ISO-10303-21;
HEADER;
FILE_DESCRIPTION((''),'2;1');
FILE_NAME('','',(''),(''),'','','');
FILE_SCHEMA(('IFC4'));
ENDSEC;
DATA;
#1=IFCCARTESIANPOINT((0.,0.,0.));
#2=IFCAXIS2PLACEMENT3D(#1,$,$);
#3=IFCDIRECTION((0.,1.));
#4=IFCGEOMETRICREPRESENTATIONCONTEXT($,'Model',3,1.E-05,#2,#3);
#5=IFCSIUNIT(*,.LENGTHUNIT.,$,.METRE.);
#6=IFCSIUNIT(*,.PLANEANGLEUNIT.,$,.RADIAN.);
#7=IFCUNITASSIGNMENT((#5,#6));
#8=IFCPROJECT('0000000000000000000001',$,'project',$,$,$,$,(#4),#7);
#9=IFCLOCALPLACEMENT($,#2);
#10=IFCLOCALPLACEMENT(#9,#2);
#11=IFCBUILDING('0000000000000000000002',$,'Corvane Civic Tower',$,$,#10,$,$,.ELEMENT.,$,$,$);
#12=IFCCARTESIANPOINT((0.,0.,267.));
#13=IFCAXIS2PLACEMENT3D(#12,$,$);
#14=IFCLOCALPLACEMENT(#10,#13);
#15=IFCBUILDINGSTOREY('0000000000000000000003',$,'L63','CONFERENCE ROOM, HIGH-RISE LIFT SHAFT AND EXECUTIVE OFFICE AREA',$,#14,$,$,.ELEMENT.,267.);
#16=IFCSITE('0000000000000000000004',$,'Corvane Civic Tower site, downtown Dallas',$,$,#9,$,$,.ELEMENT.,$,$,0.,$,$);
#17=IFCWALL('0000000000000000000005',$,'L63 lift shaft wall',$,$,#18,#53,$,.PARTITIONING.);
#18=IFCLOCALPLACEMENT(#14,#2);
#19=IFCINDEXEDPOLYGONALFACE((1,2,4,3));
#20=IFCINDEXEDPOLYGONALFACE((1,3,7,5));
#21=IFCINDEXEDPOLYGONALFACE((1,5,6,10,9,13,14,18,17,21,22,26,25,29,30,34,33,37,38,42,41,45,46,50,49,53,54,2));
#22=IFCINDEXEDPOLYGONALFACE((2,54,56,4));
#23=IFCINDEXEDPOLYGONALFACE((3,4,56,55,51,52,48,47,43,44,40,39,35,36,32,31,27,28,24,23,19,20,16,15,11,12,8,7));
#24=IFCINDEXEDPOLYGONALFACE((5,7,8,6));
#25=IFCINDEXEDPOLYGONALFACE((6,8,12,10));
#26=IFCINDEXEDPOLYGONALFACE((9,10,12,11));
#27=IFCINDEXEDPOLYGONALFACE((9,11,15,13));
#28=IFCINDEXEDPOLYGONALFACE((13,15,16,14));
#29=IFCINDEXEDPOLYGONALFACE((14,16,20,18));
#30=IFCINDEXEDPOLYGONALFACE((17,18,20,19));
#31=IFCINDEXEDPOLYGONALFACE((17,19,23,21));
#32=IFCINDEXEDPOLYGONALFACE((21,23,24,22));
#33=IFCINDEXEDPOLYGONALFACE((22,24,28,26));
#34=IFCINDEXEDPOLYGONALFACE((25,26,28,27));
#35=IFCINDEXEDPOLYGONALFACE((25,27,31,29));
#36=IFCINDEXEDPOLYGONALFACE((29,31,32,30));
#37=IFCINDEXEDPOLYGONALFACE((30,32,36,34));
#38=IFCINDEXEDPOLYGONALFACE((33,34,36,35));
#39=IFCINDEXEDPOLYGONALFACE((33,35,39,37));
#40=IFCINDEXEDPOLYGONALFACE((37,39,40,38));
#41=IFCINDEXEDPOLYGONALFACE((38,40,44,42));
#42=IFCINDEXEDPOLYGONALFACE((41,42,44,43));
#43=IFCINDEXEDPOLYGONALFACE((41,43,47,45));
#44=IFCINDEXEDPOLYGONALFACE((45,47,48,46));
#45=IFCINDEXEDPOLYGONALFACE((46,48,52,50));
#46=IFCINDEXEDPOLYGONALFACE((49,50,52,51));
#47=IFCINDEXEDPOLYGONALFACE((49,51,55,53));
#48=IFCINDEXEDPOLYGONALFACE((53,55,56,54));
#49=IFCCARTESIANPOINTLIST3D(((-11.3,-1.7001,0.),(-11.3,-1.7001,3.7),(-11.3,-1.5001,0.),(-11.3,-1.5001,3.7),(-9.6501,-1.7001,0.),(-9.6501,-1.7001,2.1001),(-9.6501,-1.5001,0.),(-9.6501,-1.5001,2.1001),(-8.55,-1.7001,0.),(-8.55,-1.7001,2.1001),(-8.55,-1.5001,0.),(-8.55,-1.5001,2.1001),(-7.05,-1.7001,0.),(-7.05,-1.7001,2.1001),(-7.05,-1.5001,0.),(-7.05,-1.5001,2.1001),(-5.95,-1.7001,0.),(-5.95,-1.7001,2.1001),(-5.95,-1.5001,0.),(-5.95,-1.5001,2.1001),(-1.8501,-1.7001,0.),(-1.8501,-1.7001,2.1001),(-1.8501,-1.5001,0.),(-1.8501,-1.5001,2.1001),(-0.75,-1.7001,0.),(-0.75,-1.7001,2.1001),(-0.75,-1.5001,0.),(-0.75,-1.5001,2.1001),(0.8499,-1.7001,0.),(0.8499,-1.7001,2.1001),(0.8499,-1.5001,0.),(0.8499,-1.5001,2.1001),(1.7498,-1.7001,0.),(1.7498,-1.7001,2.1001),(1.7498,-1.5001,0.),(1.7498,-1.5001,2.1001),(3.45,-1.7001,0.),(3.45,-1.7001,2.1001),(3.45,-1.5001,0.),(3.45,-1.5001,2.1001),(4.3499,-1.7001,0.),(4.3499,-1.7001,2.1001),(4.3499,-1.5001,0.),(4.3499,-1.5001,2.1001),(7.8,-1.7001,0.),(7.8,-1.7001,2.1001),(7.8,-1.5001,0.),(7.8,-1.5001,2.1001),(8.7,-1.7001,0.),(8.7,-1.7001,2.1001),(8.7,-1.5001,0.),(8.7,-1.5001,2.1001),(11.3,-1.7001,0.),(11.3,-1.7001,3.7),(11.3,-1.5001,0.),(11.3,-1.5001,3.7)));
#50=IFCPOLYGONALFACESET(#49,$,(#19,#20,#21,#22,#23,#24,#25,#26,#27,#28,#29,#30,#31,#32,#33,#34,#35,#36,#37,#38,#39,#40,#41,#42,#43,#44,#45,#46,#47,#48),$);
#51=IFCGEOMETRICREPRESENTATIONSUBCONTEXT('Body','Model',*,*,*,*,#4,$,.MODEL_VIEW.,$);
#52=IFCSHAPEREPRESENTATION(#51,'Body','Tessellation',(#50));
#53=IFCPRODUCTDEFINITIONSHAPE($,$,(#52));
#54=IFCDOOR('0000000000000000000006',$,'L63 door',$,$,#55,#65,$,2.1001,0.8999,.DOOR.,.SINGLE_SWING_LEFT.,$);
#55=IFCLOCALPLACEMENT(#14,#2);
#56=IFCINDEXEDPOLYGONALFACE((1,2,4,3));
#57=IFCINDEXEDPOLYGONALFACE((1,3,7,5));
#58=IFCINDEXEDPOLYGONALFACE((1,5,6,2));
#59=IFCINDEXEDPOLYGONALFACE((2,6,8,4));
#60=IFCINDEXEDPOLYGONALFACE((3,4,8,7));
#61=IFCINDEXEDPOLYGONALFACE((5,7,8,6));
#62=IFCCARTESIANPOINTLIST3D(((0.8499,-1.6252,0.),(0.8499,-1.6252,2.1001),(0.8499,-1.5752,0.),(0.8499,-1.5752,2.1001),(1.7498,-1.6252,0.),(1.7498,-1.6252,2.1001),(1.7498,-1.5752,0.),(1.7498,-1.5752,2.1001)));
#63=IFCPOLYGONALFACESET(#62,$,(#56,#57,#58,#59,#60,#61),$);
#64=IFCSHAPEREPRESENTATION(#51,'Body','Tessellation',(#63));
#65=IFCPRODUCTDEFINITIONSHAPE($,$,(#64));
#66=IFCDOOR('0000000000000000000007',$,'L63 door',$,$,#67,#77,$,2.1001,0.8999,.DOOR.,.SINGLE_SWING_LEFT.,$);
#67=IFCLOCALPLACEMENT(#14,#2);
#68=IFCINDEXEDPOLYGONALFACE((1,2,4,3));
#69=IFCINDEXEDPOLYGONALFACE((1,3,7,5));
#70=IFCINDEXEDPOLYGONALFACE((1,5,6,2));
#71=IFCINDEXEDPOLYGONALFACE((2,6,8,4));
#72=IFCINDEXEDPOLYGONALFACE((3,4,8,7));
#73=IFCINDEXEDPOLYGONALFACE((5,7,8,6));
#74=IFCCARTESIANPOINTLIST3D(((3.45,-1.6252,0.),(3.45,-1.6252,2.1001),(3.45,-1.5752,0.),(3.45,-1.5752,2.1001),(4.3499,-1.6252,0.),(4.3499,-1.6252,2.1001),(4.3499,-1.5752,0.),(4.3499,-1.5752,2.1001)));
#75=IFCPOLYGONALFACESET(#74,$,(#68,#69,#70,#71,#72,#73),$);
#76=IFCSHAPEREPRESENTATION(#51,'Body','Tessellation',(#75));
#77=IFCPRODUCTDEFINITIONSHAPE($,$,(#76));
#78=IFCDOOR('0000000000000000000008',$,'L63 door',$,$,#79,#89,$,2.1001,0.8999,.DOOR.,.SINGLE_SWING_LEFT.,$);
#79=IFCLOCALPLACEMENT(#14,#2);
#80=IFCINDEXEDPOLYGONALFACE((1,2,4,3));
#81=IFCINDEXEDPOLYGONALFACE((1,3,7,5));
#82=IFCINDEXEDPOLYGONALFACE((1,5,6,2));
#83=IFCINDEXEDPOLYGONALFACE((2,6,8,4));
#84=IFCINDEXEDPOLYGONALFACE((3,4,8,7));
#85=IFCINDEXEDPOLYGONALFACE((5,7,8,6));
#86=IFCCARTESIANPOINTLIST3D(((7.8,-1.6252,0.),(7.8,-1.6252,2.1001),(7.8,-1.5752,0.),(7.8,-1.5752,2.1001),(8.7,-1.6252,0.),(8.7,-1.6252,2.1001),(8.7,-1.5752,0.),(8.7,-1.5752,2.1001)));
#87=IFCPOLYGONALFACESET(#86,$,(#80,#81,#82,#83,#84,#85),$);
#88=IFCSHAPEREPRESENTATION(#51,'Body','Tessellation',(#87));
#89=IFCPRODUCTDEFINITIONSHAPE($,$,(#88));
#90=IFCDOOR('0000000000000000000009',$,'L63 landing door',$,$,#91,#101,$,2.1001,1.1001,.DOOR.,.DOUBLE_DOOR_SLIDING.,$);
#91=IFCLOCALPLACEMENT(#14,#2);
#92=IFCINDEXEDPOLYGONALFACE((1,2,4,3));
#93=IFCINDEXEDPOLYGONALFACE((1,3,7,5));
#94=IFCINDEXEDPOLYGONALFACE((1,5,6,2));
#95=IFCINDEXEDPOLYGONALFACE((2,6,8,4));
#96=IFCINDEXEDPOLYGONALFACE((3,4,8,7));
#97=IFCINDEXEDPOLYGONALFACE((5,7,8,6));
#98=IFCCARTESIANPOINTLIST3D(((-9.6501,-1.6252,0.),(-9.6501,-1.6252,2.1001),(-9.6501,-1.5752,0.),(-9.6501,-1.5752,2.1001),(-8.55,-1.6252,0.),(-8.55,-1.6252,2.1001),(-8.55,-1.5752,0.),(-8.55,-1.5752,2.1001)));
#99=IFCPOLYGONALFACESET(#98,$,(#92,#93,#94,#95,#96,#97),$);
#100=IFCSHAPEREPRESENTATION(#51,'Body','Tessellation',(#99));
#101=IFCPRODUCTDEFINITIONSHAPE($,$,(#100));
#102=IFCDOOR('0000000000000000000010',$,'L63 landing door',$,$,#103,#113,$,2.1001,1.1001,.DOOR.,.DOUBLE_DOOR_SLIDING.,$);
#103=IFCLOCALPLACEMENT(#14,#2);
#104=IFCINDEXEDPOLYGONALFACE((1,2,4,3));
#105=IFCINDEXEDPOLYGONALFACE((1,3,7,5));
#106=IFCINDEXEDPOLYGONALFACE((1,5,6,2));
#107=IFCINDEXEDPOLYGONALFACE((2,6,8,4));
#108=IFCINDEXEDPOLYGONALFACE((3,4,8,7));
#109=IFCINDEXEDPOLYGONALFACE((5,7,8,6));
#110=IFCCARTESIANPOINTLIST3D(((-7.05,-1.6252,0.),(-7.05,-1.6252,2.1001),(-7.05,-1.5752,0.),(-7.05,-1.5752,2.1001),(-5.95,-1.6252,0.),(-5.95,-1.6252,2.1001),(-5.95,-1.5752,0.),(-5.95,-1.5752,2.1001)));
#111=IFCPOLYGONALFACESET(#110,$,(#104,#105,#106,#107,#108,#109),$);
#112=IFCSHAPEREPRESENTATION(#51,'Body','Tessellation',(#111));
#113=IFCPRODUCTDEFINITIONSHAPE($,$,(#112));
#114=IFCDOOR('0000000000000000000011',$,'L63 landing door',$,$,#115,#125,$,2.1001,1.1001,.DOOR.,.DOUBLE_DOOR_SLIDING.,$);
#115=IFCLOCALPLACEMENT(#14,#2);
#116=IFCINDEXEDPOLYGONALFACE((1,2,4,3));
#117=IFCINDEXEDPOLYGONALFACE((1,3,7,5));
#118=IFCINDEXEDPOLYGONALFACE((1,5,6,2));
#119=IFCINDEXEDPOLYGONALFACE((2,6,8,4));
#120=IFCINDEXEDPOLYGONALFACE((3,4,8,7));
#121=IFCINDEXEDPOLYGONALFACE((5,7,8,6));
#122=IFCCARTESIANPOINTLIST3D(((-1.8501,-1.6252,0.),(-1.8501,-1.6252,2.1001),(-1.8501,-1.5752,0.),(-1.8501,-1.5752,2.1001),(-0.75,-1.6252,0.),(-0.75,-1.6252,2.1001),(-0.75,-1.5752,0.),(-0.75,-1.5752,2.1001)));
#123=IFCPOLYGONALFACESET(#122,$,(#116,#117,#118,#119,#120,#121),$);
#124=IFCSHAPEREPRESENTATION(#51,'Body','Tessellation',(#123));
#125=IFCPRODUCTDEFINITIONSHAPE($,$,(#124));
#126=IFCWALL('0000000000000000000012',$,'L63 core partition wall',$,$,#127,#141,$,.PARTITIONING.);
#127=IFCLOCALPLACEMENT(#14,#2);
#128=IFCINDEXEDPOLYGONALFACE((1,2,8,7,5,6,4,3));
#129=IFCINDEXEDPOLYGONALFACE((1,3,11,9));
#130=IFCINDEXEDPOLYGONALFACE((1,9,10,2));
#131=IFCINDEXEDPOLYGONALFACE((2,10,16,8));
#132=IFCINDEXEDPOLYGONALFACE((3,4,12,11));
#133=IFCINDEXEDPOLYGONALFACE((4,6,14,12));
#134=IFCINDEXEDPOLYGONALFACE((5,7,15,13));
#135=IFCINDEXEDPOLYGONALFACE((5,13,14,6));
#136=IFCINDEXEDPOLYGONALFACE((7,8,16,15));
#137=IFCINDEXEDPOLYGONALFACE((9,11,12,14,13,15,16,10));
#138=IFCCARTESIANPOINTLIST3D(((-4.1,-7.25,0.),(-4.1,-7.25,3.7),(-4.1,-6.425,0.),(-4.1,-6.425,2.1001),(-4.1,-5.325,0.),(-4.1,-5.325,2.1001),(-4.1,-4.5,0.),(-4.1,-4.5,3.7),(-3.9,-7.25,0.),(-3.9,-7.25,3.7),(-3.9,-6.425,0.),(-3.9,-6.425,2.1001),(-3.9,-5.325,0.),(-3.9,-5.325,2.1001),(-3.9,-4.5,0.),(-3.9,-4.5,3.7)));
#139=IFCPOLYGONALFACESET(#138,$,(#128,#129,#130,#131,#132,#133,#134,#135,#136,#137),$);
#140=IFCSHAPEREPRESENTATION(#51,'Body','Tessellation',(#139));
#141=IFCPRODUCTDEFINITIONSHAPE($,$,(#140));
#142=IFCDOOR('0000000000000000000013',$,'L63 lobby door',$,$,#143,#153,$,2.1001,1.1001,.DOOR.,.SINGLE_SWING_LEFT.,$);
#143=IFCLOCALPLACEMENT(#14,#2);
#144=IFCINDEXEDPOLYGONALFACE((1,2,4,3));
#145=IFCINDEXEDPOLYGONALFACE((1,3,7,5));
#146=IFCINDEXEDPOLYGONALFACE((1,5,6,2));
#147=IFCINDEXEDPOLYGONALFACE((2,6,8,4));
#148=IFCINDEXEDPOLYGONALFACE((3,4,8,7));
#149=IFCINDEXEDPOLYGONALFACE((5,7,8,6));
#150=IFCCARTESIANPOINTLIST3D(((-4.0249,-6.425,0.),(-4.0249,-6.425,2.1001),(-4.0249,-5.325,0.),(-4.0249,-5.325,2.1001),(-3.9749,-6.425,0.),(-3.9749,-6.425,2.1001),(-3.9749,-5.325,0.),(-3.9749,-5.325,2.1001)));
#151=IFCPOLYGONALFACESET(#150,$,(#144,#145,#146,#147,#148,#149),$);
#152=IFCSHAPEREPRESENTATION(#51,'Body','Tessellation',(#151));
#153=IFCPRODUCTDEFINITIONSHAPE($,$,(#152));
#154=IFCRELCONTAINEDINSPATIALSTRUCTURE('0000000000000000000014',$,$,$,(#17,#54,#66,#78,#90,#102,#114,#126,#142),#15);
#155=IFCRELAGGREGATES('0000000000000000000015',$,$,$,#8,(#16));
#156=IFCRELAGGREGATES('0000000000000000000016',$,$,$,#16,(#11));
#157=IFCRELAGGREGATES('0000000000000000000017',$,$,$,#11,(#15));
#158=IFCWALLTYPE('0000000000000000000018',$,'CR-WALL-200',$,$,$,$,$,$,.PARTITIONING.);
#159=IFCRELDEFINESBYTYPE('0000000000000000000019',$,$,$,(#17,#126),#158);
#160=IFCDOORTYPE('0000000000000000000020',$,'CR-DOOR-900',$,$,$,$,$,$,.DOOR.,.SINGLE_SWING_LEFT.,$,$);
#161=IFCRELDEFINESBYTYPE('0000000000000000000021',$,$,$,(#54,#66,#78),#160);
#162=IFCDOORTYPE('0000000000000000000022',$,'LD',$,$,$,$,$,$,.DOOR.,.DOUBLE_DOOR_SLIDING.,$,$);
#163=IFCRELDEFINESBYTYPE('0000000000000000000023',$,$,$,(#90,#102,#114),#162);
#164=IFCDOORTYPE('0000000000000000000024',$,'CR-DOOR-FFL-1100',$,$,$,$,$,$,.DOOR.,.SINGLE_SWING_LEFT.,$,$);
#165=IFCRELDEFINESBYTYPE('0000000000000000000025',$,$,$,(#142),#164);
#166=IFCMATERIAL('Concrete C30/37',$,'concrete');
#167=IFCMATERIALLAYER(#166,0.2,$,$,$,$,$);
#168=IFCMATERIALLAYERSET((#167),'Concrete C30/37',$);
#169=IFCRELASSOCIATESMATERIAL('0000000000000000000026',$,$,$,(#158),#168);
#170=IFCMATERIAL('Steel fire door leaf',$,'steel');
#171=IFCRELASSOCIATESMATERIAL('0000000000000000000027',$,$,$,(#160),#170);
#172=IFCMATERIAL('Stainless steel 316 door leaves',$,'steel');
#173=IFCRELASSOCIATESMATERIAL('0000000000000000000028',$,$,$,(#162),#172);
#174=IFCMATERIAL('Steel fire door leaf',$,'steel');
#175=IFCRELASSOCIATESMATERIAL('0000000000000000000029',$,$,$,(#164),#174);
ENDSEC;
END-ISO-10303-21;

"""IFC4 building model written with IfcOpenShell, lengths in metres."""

from ifc_helpers import new_model, si_unit, direction, frame, frame_2d, origin, place, context, subcontext, project, spatial, rectangle, extrude, material, layer, layer_set, type_object, element, fill, save


model = new_model("IFC4")

# Units and contexts
model_context = context("Model", 3, precision=1e-05, world=origin(), true_north=direction((0.0, 1.0)))
body_context = subcontext(model_context, "Body", "Model", "MODEL_VIEW")
ifc_project = project(units=[si_unit("LENGTHUNIT", "METRE"), si_unit("PLANEANGLEUNIT", "RADIAN")], contexts=[model_context])

# Site, building, storey
site_placement = place(None, origin())
site = spatial("IfcSite", under=ifc_project, at=site_placement, Name="Corvane Civic Tower site, downtown Dallas", CompositionType="ELEMENT", RefElevation=0.0)
building_placement = place(site_placement, origin())
building = spatial("IfcBuilding", under=site, at=building_placement, Name="Corvane Civic Tower", CompositionType="ELEMENT")
storey_placement = place(building_placement, frame((0.0, 0.0, 267.0)))
storey = spatial("IfcBuildingStorey", under=building, at=storey_placement, Name="L63", Description="CONFERENCE ROOM, HIGH-RISE LIFT SHAFT AND EXECUTIVE OFFICE AREA", CompositionType="ELEMENT", Elevation=267.0)

# Shared definitions
ifc_material_1 = material(Name="Concrete C30/37", Category="concrete")
ifc_layer_1 = layer(ifc_material_1, 0.2)
ifc_layer_set_1 = layer_set([ifc_layer_1], Name="Concrete C30/37")
wall_type_1 = type_object("IfcWallType", Name="CR-WALL-200", PredefinedType="PARTITIONING", material=ifc_layer_set_1)
ifc_material_2 = material(Name="Steel fire door leaf", Category="steel")
door_type_1 = type_object("IfcDoorType", Name="CR-DOOR-900", OperationType="SINGLE_SWING_LEFT", PredefinedType="DOOR", material=ifc_material_2)

# Wall, openings, doors
wall_1_placement = place(storey_placement, frame((-11.3, -1.6001, 0.0), z_axis=(0.0, 0.0, 1.0), x_axis=(1.0, 0.0, 0.0)))
wall_1 = element("IfcWall", 1, at=wall_1_placement, inside=storey, type_object=wall_type_1, Name="L63 lift shaft wall", PredefinedType="PARTITIONING", context=body_context, shape_type="SweptSolid", body=[
    extrude(rectangle(XDim=22.6001, YDim=0.2, at=frame_2d((11.3, 0.0))), origin(), (0.0, 0.0, 1.0), 3.7),
])
opening_1_placement = place(wall_1_placement, frame((1.6499, 0.0, 0.0)))
opening_1 = element("IfcOpeningElement", 2, at=opening_1_placement, cuts=wall_1, PredefinedType="OPENING", context=body_context, shape_type="SweptSolid", body=[
    extrude(rectangle(XDim=1.1001, YDim=2.1001, at=frame_2d((0.55, 1.05))), frame((0.0, 0.1099, 0.0), z_axis=(0.0, -1.0, 0.0), x_axis=(1.0, 0.0, 0.0)), (0.0, 0.0, 1.0), 0.22),
])
opening_2_placement = place(wall_1_placement, frame((4.25, 0.0, 0.0)))
opening_2 = element("IfcOpeningElement", 3, at=opening_2_placement, cuts=wall_1, PredefinedType="OPENING", context=body_context, shape_type="SweptSolid", body=[
    extrude(rectangle(XDim=1.1001, YDim=2.1001, at=frame_2d((0.55, 1.05))), frame((0.0, 0.1099, 0.0), z_axis=(0.0, -1.0, 0.0), x_axis=(1.0, 0.0, 0.0)), (0.0, 0.0, 1.0), 0.22),
])
opening_3_placement = place(wall_1_placement, frame((9.45, 0.0, 0.0)))
opening_3 = element("IfcOpeningElement", 4, at=opening_3_placement, cuts=wall_1, PredefinedType="OPENING", context=body_context, shape_type="SweptSolid", body=[
    extrude(rectangle(XDim=1.1001, YDim=2.1001, at=frame_2d((0.55, 1.05))), frame((0.0, 0.1099, 0.0), z_axis=(0.0, -1.0, 0.0), x_axis=(1.0, 0.0, 0.0)), (0.0, 0.0, 1.0), 0.22),
])
opening_4_placement = place(wall_1_placement, frame((12.1499, 0.0, 0.0)))
opening_4 = element("IfcOpeningElement", 5, at=opening_4_placement, cuts=wall_1, PredefinedType="OPENING", context=body_context, shape_type="SweptSolid", body=[
    extrude(rectangle(XDim=0.8999, YDim=2.1001, at=frame_2d((0.45, 1.05))), frame((0.0, 0.1099, 0.0), z_axis=(0.0, -1.0, 0.0), x_axis=(1.0, 0.0, 0.0)), (0.0, 0.0, 1.0), 0.22),
])
opening_5_placement = place(wall_1_placement, frame((14.75, 0.0, 0.0)))
opening_5 = element("IfcOpeningElement", 6, at=opening_5_placement, cuts=wall_1, PredefinedType="OPENING", context=body_context, shape_type="SweptSolid", body=[
    extrude(rectangle(XDim=0.8999, YDim=2.1001, at=frame_2d((0.45, 1.05))), frame((0.0, 0.1099, 0.0), z_axis=(0.0, -1.0, 0.0), x_axis=(1.0, 0.0, 0.0)), (0.0, 0.0, 1.0), 0.22),
])
opening_6_placement = place(wall_1_placement, frame((19.1001, 0.0, 0.0)))
opening_6 = element("IfcOpeningElement", 7, at=opening_6_placement, cuts=wall_1, PredefinedType="OPENING", context=body_context, shape_type="SweptSolid", body=[
    extrude(rectangle(XDim=0.8999, YDim=2.1001, at=frame_2d((0.45, 1.05))), frame((0.0, 0.1099, 0.0), z_axis=(0.0, -1.0, 0.0), x_axis=(1.0, 0.0, 0.0)), (0.0, 0.0, 1.0), 0.22),
])
door_1_placement = place(opening_4_placement, origin())
door_1 = element("IfcDoor", 8, at=door_1_placement, inside=storey, type_object=door_type_1, Name="L63 door", OperationType="SINGLE_SWING_LEFT", OverallHeight=2.1001, OverallWidth=0.8999, PredefinedType="DOOR", context=body_context, shape_type="SweptSolid", body=[
    extrude(rectangle(XDim=0.8999, YDim=2.1001, at=frame_2d((0.45, 1.05))), frame((0.0, 0.0249, 0.0), z_axis=(0.0, -1.0, 0.0), x_axis=(1.0, 0.0, 0.0)), (0.0, 0.0, 1.0), 0.05),
])
fill(opening_4, door_1)
door_2_placement = place(opening_5_placement, origin())
door_2 = element("IfcDoor", 9, at=door_2_placement, inside=storey, type_object=door_type_1, Name="L63 door", OperationType="SINGLE_SWING_LEFT", OverallHeight=2.1001, OverallWidth=0.8999, PredefinedType="DOOR", context=body_context, shape_type="SweptSolid", body=[
    extrude(rectangle(XDim=0.8999, YDim=2.1001, at=frame_2d((0.45, 1.05))), frame((0.0, 0.0249, 0.0), z_axis=(0.0, -1.0, 0.0), x_axis=(1.0, 0.0, 0.0)), (0.0, 0.0, 1.0), 0.05),
])
fill(opening_5, door_2)
door_3_placement = place(opening_6_placement, origin())
door_3 = element("IfcDoor", 10, at=door_3_placement, inside=storey, type_object=door_type_1, Name="L63 door", OperationType="SINGLE_SWING_LEFT", OverallHeight=2.1001, OverallWidth=0.8999, PredefinedType="DOOR", context=body_context, shape_type="SweptSolid", body=[
    extrude(rectangle(XDim=0.8999, YDim=2.1001, at=frame_2d((0.45, 1.05))), frame((0.0, 0.0249, 0.0), z_axis=(0.0, -1.0, 0.0), x_axis=(1.0, 0.0, 0.0)), (0.0, 0.0, 1.0), 0.05),
])
fill(opening_6, door_3)
ifc_material_3 = material(Name="Stainless steel 316 door leaves", Category="steel")
door_type_2 = type_object("IfcDoorType", Name="LD", OperationType="DOUBLE_DOOR_SLIDING", PredefinedType="DOOR", material=ifc_material_3)
door_4_placement = place(opening_1_placement, origin())
door_4 = element("IfcDoor", 11, at=door_4_placement, inside=storey, type_object=door_type_2, Name="L63 landing door", OperationType="DOUBLE_DOOR_SLIDING", OverallHeight=2.1001, OverallWidth=1.1001, PredefinedType="DOOR", context=body_context, shape_type="SweptSolid", body=[
    extrude(rectangle(XDim=1.1001, YDim=2.1001, at=frame_2d((0.55, 1.05))), frame((0.0, 0.0249, 0.0), z_axis=(0.0, -1.0, 0.0), x_axis=(1.0, 0.0, 0.0)), (0.0, 0.0, 1.0), 0.05),
])
fill(opening_1, door_4)
door_5_placement = place(opening_2_placement, origin())
door_5 = element("IfcDoor", 12, at=door_5_placement, inside=storey, type_object=door_type_2, Name="L63 landing door", OperationType="DOUBLE_DOOR_SLIDING", OverallHeight=2.1001, OverallWidth=1.1001, PredefinedType="DOOR", context=body_context, shape_type="SweptSolid", body=[
    extrude(rectangle(XDim=1.1001, YDim=2.1001, at=frame_2d((0.55, 1.05))), frame((0.0, 0.0249, 0.0), z_axis=(0.0, -1.0, 0.0), x_axis=(1.0, 0.0, 0.0)), (0.0, 0.0, 1.0), 0.05),
])
fill(opening_2, door_5)
door_6_placement = place(opening_3_placement, origin())
door_6 = element("IfcDoor", 13, at=door_6_placement, inside=storey, type_object=door_type_2, Name="L63 landing door", OperationType="DOUBLE_DOOR_SLIDING", OverallHeight=2.1001, OverallWidth=1.1001, PredefinedType="DOOR", context=body_context, shape_type="SweptSolid", body=[
    extrude(rectangle(XDim=1.1001, YDim=2.1001, at=frame_2d((0.55, 1.05))), frame((0.0, 0.0249, 0.0), z_axis=(0.0, -1.0, 0.0), x_axis=(1.0, 0.0, 0.0)), (0.0, 0.0, 1.0), 0.05),
])
fill(opening_3, door_6)

# Wall, opening, door
wall_2_placement = place(storey_placement, frame((-4.0, -7.25, 0.0), z_axis=(0.0, 0.0, 1.0), x_axis=(0.0, 1.0, 0.0)))
wall_2 = element("IfcWall", 14, at=wall_2_placement, inside=storey, type_object=wall_type_1, Name="L63 core partition wall", PredefinedType="PARTITIONING", context=body_context, shape_type="SweptSolid", body=[
    extrude(rectangle(XDim=2.75, YDim=0.2, at=frame_2d((1.375, 0.0))), origin(), (0.0, 0.0, 1.0), 3.7),
])
opening_7_placement = place(wall_2_placement, frame((0.825, 0.0, 0.0)))
opening_7 = element("IfcOpeningElement", 15, at=opening_7_placement, cuts=wall_2, PredefinedType="OPENING", context=body_context, shape_type="SweptSolid", body=[
    extrude(rectangle(XDim=1.1001, YDim=2.1001, at=frame_2d((0.55, 1.05))), frame((0.0, 0.1099, 0.0), z_axis=(0.0, -1.0, 0.0), x_axis=(1.0, 0.0, 0.0)), (0.0, 0.0, 1.0), 0.22),
])
ifc_material_4 = material(Name="Steel fire door leaf", Category="steel")
door_type_3 = type_object("IfcDoorType", Name="CR-DOOR-FFL-1100", OperationType="SINGLE_SWING_LEFT", PredefinedType="DOOR", material=ifc_material_4)
door_7_placement = place(opening_7_placement, origin())
door_7 = element("IfcDoor", 16, at=door_7_placement, inside=storey, type_object=door_type_3, Name="L63 lobby door", OperationType="SINGLE_SWING_LEFT", OverallHeight=2.1001, OverallWidth=1.1001, PredefinedType="DOOR", context=body_context, shape_type="SweptSolid", body=[
    extrude(rectangle(XDim=1.1001, YDim=2.1001, at=frame_2d((0.55, 1.05))), frame((0.0, 0.0249, 0.0), z_axis=(0.0, -1.0, 0.0), x_axis=(1.0, 0.0, 0.0)), (0.0, 0.0, 1.0), 0.05),
])
fill(opening_7, door_7)

save(model, "model.ifc")
